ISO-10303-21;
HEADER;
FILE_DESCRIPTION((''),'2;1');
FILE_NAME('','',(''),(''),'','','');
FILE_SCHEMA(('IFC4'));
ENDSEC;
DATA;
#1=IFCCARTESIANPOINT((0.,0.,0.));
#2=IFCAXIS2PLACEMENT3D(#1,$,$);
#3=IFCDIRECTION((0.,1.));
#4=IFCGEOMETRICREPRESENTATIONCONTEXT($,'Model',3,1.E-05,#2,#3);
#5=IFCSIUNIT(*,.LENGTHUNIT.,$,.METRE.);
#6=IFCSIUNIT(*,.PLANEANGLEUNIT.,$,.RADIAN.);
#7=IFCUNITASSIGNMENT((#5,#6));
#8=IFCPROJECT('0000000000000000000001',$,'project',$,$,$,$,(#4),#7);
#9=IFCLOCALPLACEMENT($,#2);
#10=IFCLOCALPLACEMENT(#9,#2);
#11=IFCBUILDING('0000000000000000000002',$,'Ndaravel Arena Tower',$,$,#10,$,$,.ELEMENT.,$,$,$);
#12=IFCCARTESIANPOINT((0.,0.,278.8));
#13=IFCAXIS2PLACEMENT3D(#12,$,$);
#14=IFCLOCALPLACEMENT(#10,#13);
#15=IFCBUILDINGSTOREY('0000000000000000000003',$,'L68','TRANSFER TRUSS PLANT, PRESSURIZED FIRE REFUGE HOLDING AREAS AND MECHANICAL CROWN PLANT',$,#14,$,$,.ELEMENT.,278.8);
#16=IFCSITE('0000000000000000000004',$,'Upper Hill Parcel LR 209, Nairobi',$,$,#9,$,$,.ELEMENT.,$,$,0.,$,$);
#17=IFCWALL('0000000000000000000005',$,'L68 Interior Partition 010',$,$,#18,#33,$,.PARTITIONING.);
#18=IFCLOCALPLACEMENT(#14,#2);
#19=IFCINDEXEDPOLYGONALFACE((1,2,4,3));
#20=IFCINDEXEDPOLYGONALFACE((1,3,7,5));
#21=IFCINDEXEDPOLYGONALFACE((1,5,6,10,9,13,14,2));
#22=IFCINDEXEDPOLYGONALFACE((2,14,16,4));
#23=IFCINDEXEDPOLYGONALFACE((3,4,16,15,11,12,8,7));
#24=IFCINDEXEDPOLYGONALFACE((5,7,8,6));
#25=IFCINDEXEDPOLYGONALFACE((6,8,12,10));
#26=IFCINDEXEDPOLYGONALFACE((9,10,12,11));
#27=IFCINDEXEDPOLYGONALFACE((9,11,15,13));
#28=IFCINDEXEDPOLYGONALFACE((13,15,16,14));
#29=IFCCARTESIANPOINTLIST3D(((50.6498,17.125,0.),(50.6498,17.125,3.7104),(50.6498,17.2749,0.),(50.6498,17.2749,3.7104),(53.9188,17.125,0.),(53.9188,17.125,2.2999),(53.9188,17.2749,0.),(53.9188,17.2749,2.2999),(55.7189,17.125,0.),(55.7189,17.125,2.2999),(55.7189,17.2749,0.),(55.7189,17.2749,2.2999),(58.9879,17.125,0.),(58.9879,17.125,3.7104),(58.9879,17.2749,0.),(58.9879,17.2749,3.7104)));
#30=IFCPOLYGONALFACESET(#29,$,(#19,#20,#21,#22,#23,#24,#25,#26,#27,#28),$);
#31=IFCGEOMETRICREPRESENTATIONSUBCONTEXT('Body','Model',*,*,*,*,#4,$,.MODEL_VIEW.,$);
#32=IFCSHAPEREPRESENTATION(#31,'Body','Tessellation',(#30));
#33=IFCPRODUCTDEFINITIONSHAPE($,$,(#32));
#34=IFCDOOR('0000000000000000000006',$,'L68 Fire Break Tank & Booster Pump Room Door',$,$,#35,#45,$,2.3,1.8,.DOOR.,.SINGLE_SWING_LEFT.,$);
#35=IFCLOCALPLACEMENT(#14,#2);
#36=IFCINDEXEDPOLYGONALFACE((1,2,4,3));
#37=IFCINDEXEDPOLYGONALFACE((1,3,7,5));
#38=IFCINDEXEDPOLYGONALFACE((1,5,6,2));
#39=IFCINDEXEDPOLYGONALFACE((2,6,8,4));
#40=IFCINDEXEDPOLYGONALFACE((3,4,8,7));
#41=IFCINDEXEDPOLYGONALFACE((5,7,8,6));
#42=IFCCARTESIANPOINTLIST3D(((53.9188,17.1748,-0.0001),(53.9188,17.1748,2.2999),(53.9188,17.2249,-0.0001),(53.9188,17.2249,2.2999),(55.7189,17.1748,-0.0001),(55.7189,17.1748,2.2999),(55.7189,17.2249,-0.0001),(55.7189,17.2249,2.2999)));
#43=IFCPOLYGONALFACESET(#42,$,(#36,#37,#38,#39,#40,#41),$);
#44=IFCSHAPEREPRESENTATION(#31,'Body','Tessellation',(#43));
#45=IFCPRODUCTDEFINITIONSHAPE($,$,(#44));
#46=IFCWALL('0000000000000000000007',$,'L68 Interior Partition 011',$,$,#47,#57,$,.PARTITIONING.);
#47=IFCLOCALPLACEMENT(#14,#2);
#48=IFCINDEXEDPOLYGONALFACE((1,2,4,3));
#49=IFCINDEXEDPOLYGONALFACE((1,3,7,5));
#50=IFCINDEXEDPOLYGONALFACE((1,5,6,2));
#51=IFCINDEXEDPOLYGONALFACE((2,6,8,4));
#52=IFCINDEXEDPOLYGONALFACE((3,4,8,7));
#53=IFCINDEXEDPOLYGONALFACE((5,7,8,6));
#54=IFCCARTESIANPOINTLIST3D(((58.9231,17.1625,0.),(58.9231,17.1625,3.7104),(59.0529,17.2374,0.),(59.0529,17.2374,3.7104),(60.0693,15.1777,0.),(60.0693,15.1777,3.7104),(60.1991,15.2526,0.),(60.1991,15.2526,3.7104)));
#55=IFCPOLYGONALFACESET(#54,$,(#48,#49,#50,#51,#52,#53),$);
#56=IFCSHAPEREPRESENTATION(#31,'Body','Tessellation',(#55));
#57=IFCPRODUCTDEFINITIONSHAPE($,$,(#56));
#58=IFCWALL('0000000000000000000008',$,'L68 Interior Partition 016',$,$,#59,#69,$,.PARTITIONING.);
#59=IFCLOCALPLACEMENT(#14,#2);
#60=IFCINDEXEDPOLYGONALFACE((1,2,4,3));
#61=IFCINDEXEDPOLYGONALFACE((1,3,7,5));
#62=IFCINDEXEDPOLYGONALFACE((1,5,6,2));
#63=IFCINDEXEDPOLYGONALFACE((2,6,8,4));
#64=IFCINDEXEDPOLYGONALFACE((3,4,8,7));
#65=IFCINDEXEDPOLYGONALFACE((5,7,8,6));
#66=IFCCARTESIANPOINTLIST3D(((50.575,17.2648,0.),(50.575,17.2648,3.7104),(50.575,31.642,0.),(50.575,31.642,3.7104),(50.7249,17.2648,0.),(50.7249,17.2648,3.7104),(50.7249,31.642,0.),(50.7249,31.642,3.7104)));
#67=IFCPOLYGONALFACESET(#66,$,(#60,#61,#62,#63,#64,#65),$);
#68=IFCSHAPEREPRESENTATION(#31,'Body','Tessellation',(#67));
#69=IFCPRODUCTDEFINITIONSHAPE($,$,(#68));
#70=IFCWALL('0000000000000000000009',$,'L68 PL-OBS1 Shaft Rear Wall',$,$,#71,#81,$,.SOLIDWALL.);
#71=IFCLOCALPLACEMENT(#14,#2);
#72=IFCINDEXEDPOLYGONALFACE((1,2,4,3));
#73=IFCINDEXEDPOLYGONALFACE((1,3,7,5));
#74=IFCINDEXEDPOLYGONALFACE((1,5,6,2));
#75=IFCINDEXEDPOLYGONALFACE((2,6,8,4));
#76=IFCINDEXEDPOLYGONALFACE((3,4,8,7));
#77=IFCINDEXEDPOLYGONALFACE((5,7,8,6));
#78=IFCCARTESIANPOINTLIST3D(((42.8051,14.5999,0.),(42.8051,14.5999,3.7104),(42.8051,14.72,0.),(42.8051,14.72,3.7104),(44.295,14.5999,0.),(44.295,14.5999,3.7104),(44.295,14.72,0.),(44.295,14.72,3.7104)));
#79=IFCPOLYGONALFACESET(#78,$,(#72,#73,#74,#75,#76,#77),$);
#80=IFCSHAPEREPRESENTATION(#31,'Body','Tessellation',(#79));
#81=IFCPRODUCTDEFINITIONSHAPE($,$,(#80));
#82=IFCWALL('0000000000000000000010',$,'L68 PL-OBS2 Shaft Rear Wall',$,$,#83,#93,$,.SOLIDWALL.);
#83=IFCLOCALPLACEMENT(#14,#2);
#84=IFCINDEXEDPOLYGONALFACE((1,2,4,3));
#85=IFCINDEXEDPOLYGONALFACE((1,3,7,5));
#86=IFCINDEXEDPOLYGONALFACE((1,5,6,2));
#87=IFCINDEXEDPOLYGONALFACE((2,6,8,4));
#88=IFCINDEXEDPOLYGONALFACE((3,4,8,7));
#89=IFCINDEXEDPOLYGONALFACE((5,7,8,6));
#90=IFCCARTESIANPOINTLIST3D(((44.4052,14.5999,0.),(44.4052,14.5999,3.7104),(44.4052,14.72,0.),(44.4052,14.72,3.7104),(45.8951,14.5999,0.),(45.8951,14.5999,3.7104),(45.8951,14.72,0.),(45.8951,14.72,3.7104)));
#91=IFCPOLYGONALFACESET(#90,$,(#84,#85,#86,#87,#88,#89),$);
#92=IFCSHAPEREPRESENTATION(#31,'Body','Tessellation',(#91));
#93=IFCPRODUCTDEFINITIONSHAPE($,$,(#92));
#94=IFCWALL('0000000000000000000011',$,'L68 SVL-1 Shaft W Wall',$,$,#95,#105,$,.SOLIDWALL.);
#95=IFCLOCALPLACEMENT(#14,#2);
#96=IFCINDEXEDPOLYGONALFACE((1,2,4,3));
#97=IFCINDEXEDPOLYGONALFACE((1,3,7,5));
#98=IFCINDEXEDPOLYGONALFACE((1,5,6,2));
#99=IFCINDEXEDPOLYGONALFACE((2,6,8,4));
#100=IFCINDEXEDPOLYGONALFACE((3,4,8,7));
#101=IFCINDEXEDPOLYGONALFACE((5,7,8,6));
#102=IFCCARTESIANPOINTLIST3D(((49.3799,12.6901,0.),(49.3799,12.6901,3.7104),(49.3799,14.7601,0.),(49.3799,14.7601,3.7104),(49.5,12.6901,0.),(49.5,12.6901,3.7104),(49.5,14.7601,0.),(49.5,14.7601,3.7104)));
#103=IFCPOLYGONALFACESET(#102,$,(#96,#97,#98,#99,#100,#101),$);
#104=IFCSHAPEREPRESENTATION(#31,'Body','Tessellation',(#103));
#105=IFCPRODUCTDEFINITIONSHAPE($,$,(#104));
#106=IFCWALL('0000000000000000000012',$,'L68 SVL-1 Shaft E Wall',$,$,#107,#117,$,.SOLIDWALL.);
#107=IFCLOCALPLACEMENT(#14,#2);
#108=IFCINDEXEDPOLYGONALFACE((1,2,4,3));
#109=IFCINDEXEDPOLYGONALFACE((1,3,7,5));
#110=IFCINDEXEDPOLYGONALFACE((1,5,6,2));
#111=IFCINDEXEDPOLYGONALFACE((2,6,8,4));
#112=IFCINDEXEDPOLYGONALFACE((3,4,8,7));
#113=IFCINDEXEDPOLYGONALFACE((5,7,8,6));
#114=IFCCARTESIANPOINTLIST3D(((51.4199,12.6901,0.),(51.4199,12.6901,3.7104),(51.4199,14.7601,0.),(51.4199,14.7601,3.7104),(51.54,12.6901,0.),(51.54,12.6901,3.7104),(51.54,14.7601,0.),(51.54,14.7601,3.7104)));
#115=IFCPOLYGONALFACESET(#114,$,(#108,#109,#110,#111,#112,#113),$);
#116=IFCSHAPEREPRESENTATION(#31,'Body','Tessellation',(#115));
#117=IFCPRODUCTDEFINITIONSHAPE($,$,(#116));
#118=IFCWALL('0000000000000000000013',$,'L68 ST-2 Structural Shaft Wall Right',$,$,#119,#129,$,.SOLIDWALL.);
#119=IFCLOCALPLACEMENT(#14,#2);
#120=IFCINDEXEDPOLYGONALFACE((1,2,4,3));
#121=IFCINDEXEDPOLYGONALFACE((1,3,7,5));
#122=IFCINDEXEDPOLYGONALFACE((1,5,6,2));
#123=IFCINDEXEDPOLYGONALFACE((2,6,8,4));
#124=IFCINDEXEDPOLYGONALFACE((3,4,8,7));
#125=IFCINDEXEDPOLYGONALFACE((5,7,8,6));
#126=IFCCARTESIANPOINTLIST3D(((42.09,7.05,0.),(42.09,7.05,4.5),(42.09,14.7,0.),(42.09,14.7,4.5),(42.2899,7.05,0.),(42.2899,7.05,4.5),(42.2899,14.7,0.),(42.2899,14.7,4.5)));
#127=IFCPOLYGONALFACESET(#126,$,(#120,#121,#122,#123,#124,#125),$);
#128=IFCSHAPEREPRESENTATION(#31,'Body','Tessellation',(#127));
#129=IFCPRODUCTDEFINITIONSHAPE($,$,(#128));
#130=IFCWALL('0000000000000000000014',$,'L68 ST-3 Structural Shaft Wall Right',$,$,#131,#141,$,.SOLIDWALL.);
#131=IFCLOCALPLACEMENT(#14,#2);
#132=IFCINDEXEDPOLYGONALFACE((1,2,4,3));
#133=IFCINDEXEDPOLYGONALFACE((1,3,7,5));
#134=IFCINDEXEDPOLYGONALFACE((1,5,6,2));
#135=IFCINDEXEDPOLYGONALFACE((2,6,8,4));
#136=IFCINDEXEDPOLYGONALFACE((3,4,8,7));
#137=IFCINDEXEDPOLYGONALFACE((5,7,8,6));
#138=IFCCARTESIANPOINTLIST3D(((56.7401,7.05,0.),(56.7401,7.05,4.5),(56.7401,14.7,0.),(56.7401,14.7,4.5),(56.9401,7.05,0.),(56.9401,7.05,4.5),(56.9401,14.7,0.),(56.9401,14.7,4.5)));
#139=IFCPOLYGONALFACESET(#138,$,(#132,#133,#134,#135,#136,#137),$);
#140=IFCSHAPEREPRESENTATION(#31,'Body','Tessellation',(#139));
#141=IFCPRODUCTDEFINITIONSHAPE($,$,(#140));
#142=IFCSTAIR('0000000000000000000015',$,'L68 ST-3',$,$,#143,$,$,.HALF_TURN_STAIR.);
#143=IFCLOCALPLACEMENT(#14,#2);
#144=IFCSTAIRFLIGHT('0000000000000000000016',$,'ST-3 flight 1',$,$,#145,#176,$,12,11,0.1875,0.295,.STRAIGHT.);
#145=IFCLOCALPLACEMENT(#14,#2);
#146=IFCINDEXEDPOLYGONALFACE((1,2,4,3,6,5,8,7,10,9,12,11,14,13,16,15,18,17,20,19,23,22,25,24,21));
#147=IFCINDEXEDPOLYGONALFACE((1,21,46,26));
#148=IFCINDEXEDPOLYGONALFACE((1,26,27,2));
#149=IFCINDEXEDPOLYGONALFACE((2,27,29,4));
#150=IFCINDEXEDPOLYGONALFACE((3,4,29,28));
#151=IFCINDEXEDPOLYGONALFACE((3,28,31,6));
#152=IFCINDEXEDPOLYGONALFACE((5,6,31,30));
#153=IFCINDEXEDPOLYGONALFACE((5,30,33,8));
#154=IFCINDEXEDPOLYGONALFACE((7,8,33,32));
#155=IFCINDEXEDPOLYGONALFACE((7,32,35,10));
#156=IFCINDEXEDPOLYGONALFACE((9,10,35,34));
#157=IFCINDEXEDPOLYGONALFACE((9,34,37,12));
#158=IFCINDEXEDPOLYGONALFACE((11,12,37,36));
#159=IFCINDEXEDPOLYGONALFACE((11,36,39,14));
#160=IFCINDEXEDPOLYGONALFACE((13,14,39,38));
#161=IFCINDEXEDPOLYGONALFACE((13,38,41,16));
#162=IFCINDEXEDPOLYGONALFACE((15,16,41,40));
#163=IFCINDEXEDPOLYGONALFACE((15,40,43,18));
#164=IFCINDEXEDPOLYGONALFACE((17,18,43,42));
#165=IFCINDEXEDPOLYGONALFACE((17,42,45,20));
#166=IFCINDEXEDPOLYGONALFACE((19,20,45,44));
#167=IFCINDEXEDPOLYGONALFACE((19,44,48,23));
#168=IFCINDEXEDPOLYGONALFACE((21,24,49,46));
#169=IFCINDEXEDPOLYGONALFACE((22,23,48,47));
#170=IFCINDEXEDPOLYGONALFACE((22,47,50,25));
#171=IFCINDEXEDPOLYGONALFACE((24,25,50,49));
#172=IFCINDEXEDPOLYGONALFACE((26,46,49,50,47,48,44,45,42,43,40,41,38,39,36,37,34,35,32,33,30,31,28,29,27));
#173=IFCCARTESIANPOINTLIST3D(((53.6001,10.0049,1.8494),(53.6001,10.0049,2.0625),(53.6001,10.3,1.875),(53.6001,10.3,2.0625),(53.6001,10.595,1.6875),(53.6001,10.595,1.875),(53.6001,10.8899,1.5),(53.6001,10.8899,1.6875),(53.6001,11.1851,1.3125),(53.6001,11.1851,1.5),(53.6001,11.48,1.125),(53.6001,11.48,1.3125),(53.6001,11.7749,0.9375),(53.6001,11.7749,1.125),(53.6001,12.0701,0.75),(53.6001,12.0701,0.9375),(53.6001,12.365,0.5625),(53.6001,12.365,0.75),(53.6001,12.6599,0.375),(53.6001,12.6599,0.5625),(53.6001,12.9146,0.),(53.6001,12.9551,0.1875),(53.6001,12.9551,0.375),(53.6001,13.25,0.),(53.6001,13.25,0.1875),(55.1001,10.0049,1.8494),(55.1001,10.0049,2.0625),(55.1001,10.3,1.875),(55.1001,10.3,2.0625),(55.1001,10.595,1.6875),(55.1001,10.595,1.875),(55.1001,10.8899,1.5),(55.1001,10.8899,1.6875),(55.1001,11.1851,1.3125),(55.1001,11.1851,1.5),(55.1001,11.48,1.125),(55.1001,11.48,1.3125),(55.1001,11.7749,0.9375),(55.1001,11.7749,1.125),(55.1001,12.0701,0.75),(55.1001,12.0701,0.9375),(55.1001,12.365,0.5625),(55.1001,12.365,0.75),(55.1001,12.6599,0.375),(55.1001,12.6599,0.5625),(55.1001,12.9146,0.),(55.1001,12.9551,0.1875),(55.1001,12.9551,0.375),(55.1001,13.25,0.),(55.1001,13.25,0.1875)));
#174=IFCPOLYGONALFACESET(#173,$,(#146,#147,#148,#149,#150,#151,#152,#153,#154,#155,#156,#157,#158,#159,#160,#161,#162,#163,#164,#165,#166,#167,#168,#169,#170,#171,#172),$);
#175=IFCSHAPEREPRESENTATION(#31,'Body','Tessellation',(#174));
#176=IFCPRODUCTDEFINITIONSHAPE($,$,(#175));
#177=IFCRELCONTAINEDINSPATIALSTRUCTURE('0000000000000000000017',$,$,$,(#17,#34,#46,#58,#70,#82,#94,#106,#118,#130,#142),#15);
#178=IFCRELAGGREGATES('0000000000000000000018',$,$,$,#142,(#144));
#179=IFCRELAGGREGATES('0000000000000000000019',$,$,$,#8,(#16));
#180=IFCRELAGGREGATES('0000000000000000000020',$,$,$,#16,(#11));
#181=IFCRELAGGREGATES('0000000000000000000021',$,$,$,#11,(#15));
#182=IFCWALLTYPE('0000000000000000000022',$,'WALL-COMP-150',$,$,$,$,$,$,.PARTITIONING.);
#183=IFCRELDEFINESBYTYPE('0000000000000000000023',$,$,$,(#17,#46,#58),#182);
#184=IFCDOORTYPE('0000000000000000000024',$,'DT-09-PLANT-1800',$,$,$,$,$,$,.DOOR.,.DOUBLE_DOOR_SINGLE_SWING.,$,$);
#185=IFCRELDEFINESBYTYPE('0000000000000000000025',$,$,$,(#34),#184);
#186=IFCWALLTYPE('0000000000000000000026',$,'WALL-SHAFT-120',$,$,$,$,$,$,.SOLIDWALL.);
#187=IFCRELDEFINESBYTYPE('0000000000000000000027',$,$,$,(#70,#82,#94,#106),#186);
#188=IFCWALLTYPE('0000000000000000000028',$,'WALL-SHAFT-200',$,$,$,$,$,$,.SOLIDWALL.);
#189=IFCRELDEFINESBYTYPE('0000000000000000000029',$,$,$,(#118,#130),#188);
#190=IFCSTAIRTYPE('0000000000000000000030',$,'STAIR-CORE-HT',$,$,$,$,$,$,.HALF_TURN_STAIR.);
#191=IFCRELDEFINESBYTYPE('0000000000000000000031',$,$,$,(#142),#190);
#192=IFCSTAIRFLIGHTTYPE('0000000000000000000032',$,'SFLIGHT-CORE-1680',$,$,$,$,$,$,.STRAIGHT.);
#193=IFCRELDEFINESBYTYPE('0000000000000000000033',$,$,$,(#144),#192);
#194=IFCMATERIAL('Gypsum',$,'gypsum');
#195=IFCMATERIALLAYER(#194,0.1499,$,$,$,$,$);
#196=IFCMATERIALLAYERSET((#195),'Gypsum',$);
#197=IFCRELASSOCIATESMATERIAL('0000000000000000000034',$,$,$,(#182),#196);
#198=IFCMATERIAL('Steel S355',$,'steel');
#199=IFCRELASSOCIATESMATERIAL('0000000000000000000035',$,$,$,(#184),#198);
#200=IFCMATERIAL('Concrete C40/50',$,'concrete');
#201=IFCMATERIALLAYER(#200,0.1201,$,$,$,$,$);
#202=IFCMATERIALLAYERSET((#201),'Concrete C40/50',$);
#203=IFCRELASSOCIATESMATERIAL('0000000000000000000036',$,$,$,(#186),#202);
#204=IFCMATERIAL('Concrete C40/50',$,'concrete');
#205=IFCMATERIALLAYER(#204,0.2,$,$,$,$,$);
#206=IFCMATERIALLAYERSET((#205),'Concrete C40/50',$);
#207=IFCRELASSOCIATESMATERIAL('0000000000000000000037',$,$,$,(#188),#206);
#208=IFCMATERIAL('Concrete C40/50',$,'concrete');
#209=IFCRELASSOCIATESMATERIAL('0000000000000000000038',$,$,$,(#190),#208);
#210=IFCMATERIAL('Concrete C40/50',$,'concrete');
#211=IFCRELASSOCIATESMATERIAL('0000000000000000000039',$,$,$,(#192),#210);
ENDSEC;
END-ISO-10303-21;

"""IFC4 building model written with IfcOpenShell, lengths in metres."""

from ifc_helpers import new_model, si_unit, direction, frame, frame_2d, origin, place, context, subcontext, project, spatial, polyline, rectangle, outline, extrude, material, layer, layer_set, type_object, element, fill, aggregate, save


model = new_model("IFC4")

# Units and contexts
model_context = context("Model", 3, precision=1e-05, world=origin(), true_north=direction((0.0, 1.0)))
body_context = subcontext(model_context, "Body", "Model", "MODEL_VIEW")
ifc_project = project(units=[si_unit("LENGTHUNIT", "METRE"), si_unit("PLANEANGLEUNIT", "RADIAN")], contexts=[model_context])

# Site, building, storey
site_placement = place(None, origin())
site = spatial("IfcSite", under=ifc_project, at=site_placement, Name="Upper Hill Parcel LR 209, Nairobi", CompositionType="ELEMENT", RefElevation=0.0)
building_placement = place(site_placement, origin())
building = spatial("IfcBuilding", under=site, at=building_placement, Name="Ndaravel Arena Tower", CompositionType="ELEMENT")
storey_placement = place(building_placement, frame((0.0, 0.0, 278.8)))
storey = spatial("IfcBuildingStorey", under=building, at=storey_placement, Name="L68", Description="TRANSFER TRUSS PLANT, PRESSURIZED FIRE REFUGE HOLDING AREAS AND MECHANICAL CROWN PLANT", CompositionType="ELEMENT", Elevation=278.8)

# Shared definitions
ifc_material_1 = material(Name="Gypsum", Category="gypsum")
ifc_layer_1 = layer(ifc_material_1, 0.1499)
ifc_layer_set_1 = layer_set([ifc_layer_1], Name="Gypsum")
wall_type_1 = type_object("IfcWallType", Name="WALL-COMP-150", PredefinedType="PARTITIONING", material=ifc_layer_set_1)

# Wall, opening, door
wall_1_placement = place(storey_placement, frame((50.6499, 17.2, 0.0), z_axis=(0.0, 0.0, 1.0), x_axis=(1.0, 0.0, 0.0)))
wall_1 = element("IfcWall", 1, at=wall_1_placement, inside=storey, type_object=wall_type_1, Name="L68 Interior Partition 010", PredefinedType="PARTITIONING", context=body_context, shape_type="SweptSolid", body=[
    extrude(rectangle(XDim=8.3381, YDim=0.1499, at=frame_2d((4.1689, 0.0))), origin(), (0.0, 0.0, 1.0), 3.7104),
])
opening_placement = place(wall_1_placement, frame((3.269, 0.0, 0.0)))
opening = element("IfcOpeningElement", 2, at=opening_placement, cuts=wall_1, PredefinedType="OPENING", context=body_context, shape_type="SweptSolid", body=[
    extrude(rectangle(XDim=1.8, YDim=2.3, at=frame_2d((0.8999, 1.1499))), frame((0.0, 0.075, 0.0), z_axis=(0.0, -1.0, 0.0), x_axis=(1.0, 0.0, 0.0)), (0.0, 0.0, 1.0), 0.1499),
])
ifc_material_2 = material(Name="Steel S355", Category="steel")
door_type = type_object("IfcDoorType", Name="DT-09-PLANT-1800", OperationType="DOUBLE_DOOR_SINGLE_SWING", PredefinedType="DOOR", material=ifc_material_2)
door_placement = place(opening_placement, origin())
door = element("IfcDoor", 3, at=door_placement, inside=storey, type_object=door_type, Name="L68 Fire Break Tank & Booster Pump Room Door", OperationType="SINGLE_SWING_LEFT", OverallHeight=2.3, OverallWidth=1.8, PredefinedType="DOOR", context=body_context, shape_type="SweptSolid", body=[
    extrude(rectangle(XDim=1.8, YDim=2.3, at=frame_2d((0.8999, 1.1499))), frame((0.0, 0.0249, 0.0), z_axis=(0.0, -1.0, 0.0), x_axis=(1.0, 0.0, 0.0)), (0.0, 0.0, 1.0), 0.05),
])
fill(opening, door)

# Walls
wall_2_placement = place(storey_placement, frame((58.988, 17.2, 0.0), z_axis=(0.0, 0.0, 1.0), x_axis=(0.500091, -0.865973, 0.0)))
element("IfcWall", 4, at=wall_2_placement, inside=storey, type_object=wall_type_1, Name="L68 Interior Partition 011", PredefinedType="PARTITIONING", context=body_context, shape_type="SweptSolid", body=[
    extrude(rectangle(XDim=2.292, YDim=0.1499, at=frame_2d((1.146, 0.0))), origin(), (0.0, 0.0, 1.0), 3.7104),
])
wall_3_placement = place(storey_placement, frame((50.6499, 17.2649, 0.0), z_axis=(0.0, 0.0, 1.0), x_axis=(0.0, 1.0, 0.0)))
element("IfcWall", 5, at=wall_3_placement, inside=storey, type_object=wall_type_1, Name="L68 Interior Partition 016", PredefinedType="PARTITIONING", context=body_context, shape_type="SweptSolid", body=[
    extrude(rectangle(XDim=14.3772, YDim=0.1499, at=frame_2d((7.1885, 0.0))), origin(), (0.0, 0.0, 1.0), 3.7104),
])
ifc_material_3 = material(Name="Concrete C40/50", Category="concrete")
ifc_layer_2 = layer(ifc_material_3, 0.1201)
ifc_layer_set_2 = layer_set([ifc_layer_2], Name="Concrete C40/50")
wall_type_2 = type_object("IfcWallType", Name="WALL-SHAFT-120", PredefinedType="SOLIDWALL", material=ifc_layer_set_2)
for number, where, z_axis, x_axis, name in (
    (6, (42.8049, 14.6599, 0.0), (0.0, 0.0, 1.0), (1.0, 0.0, 0.0), "L68 PL-OBS1 Shaft Rear Wall"),
    (7, (44.405, 14.6599, 0.0), (0.0, 0.0, 1.0), (1.0, 0.0, 0.0), "L68 PL-OBS2 Shaft Rear Wall"),
):
    element("IfcWall", number, at=place(storey_placement, frame(where, z_axis=z_axis, x_axis=x_axis)), inside=storey, type_object=wall_type_2, Name=name, PredefinedType="SOLIDWALL", context=body_context, shape_type="SweptSolid", body=[
        extrude(rectangle(XDim=1.49, YDim=0.1201, at=frame_2d((0.7451, 0.0))), origin(), (0.0, 0.0, 1.0), 3.7104),
    ])
for number, where, z_axis, x_axis, name in (
    (8, (49.4399, 12.6899, 0.0), (0.0, 0.0, 1.0), (0.0, 1.0, 0.0), "L68 SVL-1 Shaft W Wall"),
    (9, (51.48, 12.6899, 0.0), (0.0, 0.0, 1.0), (0.0, 1.0, 0.0), "L68 SVL-1 Shaft E Wall"),
):
    element("IfcWall", number, at=place(storey_placement, frame(where, z_axis=z_axis, x_axis=x_axis)), inside=storey, type_object=wall_type_2, Name=name, PredefinedType="SOLIDWALL", context=body_context, shape_type="SweptSolid", body=[
        extrude(rectangle(XDim=2.0701, YDim=0.1201, at=frame_2d((1.0352, 0.0))), origin(), (0.0, 0.0, 1.0), 3.7104),
    ])
ifc_material_4 = material(Name="Concrete C40/50", Category="concrete")
ifc_layer_3 = layer(ifc_material_4, 0.2)
ifc_layer_set_3 = layer_set([ifc_layer_3], Name="Concrete C40/50")
wall_type_3 = type_object("IfcWallType", Name="WALL-SHAFT-200", PredefinedType="SOLIDWALL", material=ifc_layer_set_3)
for number, where, z_axis, x_axis, name in (
    (10, (42.1899, 14.7, 0.0), (0.0, 0.0, 1.0), (0.0, -1.0, 0.0), "L68 ST-2 Structural Shaft Wall Right"),
    (11, (56.8401, 14.7, 0.0), (0.0, 0.0, 1.0), (0.0, -1.0, 0.0), "L68 ST-3 Structural Shaft Wall Right"),
):
    element("IfcWall", number, at=place(storey_placement, frame(where, z_axis=z_axis, x_axis=x_axis)), inside=storey, type_object=wall_type_3, Name=name, PredefinedType="SOLIDWALL", context=body_context, shape_type="SweptSolid", body=[
        extrude(rectangle(XDim=7.6499, YDim=0.2, at=frame_2d((3.825, 0.0))), origin(), (0.0, 0.0, 1.0), 4.5),
    ])

# Stair, stair flight
ifc_material_5 = material(Name="Concrete C40/50", Category="concrete")
stair_type = type_object("IfcStairType", Name="STAIR-CORE-HT", PredefinedType="HALF_TURN_STAIR", material=ifc_material_5)
stair_placement = place(storey_placement, origin())
stair = element("IfcStair", 12, at=stair_placement, inside=storey, type_object=stair_type, Name="L68 ST-3", PredefinedType="HALF_TURN_STAIR")
ifc_material_6 = material(Name="Concrete C40/50", Category="concrete")
stair_flight_type = type_object("IfcStairFlightType", Name="SFLIGHT-CORE-1680", PredefinedType="STRAIGHT", material=ifc_material_6)
stair_flight_placement = place(storey_placement, frame((54.3501, 13.25, 0.0), z_axis=(0.0, 0.0, 1.0), x_axis=(0.0, -1.0, 0.0)))
stair_flight = element("IfcStairFlight", 13, at=stair_flight_placement, type_object=stair_flight_type, Name="ST-3 flight 1", NumberOfRisers=12, NumberOfTreads=11, PredefinedType="STRAIGHT", RiserHeight=0.1875, TreadLength=0.295, context=body_context, shape_type="SweptSolid", body=[
    extrude(outline(polyline([(0.0, 0.0), (0.0, 0.1875), (0.2949, 0.1875), (0.2949, 0.375), (0.5901, 0.375), (0.5901, 0.5625), (0.885, 0.5625), (0.885, 0.75), (1.1799, 0.75), (1.1799, 0.9375), (1.4751, 0.9375), (1.4751, 1.125), (1.77, 1.125), (1.77, 1.3125), (2.0649, 1.3125), (2.0649, 1.5), (2.3601, 1.5), (2.3601, 1.6875), (2.655, 1.6875), (2.655, 1.875), (2.95, 1.875), (2.95, 2.0625), (3.2451, 2.0625), (3.2451, 2.25), (3.2451, 1.8494), (0.3354, 0.0), (0.0, 0.0)])), frame((0.0, 0.75, 0.0), z_axis=(0.0, -1.0, 0.0), x_axis=(1.0, 0.0, 0.0)), (0.0, 0.0, 1.0), 1.5),
])
aggregate(stair, [stair_flight])

save(model, "model.ifc")
